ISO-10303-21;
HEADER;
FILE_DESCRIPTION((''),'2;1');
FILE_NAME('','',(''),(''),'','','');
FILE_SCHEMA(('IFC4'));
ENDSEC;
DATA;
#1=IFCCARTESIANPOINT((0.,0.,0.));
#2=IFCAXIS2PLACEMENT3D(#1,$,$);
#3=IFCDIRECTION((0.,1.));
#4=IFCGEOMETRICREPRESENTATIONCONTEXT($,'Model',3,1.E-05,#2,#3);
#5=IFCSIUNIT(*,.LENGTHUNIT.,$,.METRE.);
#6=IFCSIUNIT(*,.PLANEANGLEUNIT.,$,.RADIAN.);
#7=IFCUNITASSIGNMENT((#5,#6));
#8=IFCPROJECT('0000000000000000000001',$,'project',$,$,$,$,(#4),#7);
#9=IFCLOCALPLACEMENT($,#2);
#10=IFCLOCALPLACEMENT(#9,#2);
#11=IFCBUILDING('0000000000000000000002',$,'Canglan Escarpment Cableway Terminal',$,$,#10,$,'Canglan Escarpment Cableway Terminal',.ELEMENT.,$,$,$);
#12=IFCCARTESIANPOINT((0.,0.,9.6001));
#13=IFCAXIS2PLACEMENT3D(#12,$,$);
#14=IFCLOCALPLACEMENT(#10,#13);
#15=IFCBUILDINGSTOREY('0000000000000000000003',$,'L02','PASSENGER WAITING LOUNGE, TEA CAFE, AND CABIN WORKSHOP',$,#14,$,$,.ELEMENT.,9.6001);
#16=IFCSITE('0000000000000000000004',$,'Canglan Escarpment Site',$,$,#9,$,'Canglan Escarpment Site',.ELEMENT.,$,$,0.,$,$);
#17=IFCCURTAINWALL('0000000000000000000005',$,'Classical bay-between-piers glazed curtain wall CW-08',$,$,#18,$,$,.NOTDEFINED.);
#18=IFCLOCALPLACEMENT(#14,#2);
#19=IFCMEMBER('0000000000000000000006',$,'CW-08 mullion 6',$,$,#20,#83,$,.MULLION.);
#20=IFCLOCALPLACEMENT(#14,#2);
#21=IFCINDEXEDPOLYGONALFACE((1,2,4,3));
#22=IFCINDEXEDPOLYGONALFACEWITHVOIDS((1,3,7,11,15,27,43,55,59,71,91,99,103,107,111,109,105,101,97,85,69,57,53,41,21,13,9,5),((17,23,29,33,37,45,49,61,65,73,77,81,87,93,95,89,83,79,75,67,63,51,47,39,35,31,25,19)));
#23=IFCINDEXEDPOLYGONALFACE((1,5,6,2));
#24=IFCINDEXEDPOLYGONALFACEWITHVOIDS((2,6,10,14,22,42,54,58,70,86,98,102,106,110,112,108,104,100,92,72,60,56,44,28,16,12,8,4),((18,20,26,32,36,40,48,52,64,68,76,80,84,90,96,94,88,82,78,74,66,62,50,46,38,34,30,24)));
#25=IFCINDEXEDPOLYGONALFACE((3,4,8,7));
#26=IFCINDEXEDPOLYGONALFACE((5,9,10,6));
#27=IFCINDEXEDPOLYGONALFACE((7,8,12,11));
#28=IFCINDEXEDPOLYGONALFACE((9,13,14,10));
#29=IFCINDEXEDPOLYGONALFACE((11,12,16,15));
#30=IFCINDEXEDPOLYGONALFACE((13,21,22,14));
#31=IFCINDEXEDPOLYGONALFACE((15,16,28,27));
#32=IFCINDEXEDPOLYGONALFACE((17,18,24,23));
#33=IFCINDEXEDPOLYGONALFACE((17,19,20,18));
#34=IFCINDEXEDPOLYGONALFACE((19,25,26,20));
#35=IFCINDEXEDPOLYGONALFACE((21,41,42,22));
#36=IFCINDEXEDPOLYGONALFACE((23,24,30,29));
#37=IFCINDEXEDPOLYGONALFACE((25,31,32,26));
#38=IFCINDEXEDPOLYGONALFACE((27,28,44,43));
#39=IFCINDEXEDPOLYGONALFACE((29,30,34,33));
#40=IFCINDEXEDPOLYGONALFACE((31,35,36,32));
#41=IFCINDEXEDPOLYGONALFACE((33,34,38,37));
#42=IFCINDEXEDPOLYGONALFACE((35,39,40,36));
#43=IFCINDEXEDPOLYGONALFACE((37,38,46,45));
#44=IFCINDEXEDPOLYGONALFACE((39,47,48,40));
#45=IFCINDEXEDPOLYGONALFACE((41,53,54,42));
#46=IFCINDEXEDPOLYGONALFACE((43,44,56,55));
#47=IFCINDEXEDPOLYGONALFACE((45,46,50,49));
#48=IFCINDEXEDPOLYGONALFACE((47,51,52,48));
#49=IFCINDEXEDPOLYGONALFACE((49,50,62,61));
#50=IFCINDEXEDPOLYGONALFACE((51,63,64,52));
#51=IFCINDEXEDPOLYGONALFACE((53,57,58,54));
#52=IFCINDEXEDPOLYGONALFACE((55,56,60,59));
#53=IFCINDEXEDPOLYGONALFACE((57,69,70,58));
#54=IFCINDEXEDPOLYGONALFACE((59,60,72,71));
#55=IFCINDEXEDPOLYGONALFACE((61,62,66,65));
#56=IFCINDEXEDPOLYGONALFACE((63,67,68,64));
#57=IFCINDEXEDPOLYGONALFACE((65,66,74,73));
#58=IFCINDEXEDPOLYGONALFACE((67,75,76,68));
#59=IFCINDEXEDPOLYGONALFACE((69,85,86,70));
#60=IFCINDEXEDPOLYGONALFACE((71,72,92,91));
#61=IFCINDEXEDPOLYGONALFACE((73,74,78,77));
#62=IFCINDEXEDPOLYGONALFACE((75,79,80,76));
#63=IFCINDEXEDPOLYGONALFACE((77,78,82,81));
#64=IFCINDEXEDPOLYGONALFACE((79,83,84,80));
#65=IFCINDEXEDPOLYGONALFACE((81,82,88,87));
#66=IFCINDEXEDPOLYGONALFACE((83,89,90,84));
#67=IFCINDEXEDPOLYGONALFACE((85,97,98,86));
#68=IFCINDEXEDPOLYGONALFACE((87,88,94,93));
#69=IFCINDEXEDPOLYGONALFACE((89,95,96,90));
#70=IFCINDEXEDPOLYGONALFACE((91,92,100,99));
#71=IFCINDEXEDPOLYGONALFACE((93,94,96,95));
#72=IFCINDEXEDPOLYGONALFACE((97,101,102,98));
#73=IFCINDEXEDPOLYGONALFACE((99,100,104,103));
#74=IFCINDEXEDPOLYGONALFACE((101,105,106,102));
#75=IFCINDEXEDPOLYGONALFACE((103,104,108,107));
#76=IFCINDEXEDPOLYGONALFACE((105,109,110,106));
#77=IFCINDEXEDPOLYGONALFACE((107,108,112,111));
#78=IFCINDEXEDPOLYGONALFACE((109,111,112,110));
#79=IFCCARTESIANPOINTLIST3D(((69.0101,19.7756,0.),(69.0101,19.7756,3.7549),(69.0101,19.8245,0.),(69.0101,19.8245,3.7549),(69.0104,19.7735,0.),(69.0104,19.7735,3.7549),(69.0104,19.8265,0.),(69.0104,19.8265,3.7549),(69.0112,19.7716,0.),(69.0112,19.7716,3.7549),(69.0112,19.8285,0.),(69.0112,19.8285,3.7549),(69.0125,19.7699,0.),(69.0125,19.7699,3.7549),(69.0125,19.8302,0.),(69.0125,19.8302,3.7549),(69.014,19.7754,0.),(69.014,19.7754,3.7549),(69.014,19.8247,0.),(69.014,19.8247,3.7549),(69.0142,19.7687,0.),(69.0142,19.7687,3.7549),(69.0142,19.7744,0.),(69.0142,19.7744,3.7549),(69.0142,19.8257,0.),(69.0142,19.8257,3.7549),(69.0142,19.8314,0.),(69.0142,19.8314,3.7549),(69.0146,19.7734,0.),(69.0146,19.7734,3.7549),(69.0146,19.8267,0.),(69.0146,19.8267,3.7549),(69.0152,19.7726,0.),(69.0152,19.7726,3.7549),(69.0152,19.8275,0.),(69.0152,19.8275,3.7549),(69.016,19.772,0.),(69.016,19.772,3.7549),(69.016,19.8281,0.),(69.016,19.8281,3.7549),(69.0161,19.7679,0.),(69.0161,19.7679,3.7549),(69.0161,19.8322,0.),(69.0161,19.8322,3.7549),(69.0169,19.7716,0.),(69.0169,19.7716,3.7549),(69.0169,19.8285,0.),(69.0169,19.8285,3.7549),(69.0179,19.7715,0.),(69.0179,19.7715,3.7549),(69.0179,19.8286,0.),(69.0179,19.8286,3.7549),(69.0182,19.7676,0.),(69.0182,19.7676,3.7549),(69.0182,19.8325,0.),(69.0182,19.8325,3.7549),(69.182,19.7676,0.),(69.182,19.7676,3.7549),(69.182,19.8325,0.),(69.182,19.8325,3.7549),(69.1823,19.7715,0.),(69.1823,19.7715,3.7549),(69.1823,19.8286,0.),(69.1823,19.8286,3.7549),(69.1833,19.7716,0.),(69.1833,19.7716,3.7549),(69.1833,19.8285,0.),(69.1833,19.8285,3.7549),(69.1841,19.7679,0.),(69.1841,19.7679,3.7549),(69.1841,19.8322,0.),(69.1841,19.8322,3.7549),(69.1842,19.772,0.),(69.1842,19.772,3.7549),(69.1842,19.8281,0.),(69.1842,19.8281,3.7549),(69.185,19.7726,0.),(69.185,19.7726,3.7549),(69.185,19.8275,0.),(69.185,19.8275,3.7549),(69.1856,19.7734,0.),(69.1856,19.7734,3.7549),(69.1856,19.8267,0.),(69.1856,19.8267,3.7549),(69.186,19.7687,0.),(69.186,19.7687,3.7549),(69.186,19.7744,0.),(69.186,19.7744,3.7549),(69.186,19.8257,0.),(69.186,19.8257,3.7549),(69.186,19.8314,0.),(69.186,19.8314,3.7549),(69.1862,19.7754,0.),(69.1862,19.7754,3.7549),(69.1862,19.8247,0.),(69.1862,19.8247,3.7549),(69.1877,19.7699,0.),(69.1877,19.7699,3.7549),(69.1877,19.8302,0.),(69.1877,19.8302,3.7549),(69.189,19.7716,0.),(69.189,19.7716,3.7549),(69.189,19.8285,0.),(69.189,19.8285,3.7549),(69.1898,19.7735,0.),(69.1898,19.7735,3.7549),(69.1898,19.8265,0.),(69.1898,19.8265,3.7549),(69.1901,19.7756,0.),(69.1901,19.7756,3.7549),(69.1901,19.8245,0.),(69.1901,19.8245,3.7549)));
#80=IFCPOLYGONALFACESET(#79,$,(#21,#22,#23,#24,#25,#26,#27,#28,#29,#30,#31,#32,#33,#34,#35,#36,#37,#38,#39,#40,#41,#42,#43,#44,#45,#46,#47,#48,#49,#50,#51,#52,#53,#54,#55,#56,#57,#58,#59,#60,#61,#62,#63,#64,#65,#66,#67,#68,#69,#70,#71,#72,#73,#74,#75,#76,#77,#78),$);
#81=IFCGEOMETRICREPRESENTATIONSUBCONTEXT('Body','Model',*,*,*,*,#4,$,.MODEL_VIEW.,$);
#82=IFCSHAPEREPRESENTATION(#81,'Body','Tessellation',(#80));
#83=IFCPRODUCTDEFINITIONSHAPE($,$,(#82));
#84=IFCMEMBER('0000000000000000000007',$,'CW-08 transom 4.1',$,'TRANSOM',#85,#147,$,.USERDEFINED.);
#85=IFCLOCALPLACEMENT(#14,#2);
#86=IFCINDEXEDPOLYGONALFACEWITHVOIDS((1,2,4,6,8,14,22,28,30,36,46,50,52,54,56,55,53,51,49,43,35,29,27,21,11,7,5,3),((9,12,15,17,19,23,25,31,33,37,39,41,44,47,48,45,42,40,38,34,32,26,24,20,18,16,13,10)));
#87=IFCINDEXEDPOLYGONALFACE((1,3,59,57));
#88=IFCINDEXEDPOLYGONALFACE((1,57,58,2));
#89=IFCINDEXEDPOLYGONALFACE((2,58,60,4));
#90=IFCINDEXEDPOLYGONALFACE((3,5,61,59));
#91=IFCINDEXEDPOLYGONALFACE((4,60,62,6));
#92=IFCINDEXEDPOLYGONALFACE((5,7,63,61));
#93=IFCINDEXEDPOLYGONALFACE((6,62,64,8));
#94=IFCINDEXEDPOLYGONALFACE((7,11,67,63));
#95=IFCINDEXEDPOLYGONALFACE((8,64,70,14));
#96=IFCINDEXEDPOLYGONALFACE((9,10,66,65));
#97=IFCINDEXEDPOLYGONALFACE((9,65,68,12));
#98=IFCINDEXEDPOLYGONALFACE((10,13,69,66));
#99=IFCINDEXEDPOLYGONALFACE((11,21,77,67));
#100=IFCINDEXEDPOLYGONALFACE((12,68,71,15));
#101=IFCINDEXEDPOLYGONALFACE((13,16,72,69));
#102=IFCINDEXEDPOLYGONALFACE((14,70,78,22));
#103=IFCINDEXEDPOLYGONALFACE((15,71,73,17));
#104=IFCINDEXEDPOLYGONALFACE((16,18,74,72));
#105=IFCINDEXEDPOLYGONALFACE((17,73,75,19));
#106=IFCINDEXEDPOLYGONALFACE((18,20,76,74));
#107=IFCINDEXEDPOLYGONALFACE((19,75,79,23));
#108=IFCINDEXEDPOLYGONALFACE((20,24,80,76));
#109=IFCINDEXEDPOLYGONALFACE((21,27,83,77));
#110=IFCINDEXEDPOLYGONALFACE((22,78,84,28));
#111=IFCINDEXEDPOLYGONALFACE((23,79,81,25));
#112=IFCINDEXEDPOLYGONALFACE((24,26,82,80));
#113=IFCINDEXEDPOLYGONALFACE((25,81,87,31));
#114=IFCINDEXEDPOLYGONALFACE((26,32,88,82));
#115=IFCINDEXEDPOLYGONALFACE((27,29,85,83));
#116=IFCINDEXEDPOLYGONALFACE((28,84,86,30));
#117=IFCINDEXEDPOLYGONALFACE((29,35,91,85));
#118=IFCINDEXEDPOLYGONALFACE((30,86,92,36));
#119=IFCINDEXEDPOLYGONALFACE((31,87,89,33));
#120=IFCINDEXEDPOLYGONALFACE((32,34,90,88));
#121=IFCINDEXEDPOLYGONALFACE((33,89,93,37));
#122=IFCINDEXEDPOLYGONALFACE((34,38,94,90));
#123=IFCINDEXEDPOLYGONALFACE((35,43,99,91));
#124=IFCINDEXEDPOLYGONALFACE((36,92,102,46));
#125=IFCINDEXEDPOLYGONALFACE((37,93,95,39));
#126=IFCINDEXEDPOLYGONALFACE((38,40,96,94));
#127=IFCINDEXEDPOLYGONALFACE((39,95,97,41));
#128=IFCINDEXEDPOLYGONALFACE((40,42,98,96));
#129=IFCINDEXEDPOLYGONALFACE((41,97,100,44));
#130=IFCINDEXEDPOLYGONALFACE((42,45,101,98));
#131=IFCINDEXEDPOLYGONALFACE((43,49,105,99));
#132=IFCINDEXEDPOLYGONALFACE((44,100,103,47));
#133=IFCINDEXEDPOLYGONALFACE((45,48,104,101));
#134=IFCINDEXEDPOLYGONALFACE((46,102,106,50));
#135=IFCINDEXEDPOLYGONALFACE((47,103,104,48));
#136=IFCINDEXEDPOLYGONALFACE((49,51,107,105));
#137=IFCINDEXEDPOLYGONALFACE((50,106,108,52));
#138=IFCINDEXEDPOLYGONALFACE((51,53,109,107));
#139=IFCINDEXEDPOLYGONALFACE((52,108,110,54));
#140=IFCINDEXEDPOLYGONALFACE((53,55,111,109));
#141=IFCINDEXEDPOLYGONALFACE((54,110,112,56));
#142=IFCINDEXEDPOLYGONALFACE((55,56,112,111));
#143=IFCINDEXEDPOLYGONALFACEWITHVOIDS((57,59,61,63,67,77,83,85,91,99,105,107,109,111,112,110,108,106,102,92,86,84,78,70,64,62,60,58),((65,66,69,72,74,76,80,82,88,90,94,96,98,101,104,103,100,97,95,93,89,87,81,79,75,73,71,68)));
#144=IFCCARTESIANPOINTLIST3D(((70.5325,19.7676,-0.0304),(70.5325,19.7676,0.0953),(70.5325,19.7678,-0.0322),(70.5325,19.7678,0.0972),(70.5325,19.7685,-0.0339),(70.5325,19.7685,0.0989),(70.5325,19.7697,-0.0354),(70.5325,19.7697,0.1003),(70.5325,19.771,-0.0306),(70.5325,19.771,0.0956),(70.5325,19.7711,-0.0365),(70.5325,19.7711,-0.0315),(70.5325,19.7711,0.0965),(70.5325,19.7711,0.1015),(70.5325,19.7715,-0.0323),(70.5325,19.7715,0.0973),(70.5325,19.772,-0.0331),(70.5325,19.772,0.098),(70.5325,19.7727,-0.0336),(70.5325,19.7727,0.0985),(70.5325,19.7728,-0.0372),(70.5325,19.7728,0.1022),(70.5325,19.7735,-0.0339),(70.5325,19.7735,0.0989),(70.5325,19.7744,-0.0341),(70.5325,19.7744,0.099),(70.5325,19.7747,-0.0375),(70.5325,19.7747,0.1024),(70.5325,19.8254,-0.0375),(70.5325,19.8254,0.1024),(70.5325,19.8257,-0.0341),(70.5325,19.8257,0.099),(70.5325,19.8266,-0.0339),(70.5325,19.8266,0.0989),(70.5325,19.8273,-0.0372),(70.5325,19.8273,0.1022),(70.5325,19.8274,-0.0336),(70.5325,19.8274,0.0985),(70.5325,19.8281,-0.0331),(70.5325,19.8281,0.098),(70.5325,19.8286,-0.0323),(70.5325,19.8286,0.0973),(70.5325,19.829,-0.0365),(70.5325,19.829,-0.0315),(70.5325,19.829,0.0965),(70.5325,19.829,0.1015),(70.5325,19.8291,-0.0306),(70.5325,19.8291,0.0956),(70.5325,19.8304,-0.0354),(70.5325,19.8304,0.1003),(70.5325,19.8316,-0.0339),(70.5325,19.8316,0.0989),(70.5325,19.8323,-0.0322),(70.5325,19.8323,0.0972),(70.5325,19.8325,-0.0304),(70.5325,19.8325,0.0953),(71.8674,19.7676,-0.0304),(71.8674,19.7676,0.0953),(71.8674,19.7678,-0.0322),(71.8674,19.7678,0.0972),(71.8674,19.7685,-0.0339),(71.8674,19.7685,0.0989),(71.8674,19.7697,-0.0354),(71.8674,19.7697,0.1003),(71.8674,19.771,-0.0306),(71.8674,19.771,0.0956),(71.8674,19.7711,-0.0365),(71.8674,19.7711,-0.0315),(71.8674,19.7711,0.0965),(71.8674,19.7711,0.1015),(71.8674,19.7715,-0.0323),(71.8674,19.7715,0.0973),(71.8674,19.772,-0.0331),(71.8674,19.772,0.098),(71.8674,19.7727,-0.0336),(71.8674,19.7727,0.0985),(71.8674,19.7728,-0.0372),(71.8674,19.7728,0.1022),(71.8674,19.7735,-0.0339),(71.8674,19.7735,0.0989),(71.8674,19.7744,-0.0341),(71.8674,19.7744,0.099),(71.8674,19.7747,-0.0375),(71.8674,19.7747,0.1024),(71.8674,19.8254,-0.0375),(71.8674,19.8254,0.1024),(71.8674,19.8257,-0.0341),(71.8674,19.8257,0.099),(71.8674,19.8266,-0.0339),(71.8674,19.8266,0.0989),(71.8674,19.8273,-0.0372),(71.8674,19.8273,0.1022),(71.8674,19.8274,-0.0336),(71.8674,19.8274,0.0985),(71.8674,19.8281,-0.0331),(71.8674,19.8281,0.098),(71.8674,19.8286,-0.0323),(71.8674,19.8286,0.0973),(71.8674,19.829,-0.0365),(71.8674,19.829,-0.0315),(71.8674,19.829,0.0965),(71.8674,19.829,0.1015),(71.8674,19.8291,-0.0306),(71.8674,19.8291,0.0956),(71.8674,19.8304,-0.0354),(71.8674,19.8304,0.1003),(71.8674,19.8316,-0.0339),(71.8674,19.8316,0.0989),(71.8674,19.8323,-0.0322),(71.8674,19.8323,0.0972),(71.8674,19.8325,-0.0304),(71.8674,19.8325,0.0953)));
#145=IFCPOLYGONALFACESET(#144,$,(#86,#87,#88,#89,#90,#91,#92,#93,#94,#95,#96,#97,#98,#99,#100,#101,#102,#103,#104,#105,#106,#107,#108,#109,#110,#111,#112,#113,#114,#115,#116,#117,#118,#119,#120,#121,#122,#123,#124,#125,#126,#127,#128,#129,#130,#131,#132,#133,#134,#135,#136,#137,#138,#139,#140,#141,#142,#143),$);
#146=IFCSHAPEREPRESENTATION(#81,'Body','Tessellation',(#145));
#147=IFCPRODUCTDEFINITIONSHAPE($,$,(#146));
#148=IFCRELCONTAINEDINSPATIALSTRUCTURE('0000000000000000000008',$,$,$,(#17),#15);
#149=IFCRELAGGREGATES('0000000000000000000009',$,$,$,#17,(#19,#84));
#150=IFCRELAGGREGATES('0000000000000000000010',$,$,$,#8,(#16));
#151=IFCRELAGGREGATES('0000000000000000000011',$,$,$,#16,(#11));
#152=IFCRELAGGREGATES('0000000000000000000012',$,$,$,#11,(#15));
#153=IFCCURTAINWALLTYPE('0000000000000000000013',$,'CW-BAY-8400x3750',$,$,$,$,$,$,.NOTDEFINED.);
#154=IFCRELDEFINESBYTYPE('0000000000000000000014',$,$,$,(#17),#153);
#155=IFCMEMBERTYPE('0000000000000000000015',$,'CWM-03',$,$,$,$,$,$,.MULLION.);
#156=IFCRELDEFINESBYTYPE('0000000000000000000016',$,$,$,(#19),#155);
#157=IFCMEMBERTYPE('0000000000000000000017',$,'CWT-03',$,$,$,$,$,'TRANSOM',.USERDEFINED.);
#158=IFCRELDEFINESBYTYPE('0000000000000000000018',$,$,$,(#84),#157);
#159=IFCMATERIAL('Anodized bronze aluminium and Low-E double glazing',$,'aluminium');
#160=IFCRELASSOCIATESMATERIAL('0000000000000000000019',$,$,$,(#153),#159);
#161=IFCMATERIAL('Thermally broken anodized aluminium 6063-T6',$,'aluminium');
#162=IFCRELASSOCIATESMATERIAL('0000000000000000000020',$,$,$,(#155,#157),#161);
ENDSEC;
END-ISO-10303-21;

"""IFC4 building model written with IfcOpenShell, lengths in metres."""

from ifc_helpers import new_model, si_unit, direction, frame, origin, origin_2d, place, context, subcontext, project, spatial, hollow_rectangle, extrude, material, material_profile, profile_set, type_object, element, aggregate, save


model = new_model("IFC4")

# Units and contexts
model_context = context("Model", 3, precision=1e-05, world=origin(), true_north=direction((0.0, 1.0)))
body_context = subcontext(model_context, "Body", "Model", "MODEL_VIEW")
ifc_project = project(units=[si_unit("LENGTHUNIT", "METRE"), si_unit("PLANEANGLEUNIT", "RADIAN")], contexts=[model_context])

# Site, building, storey
site_placement = place(None, origin())
site = spatial("IfcSite", under=ifc_project, at=site_placement, Name="Canglan Escarpment Site", LongName="Canglan Escarpment Site", CompositionType="ELEMENT", RefElevation=0.0)
building_placement = place(site_placement, origin())
building = spatial("IfcBuilding", under=site, at=building_placement, Name="Canglan Escarpment Cableway Terminal", LongName="Canglan Escarpment Cableway Terminal", CompositionType="ELEMENT")
storey_placement = place(building_placement, frame((0.0, 0.0, 9.6001)))
storey = spatial("IfcBuildingStorey", under=building, at=storey_placement, Name="L02", Description="PASSENGER WAITING LOUNGE, TEA CAFE, AND CABIN WORKSHOP", CompositionType="ELEMENT", Elevation=9.6001)

# Curtain wall, members
ifc_material_1 = material(Name="Anodized bronze aluminium and Low-E double glazing", Category="aluminium")
curtain_wall_type = type_object("IfcCurtainWallType", Name="CW-BAY-8400x3750", PredefinedType="NOTDEFINED", material=ifc_material_1)
curtain_wall_placement = place(storey_placement, origin())
curtain_wall = element("IfcCurtainWall", 1, at=curtain_wall_placement, inside=storey, type_object=curtain_wall_type, Name="Classical bay-between-piers glazed curtain wall CW-08", PredefinedType="NOTDEFINED")
ifc_material_2 = material(Name="Thermally broken anodized aluminium 6063-T6", Category="aluminium")
ifc_material_profile_1 = material_profile(ifc_material_2, hollow_rectangle(XDim=0.0649, YDim=0.1799, WallThickness=0.0039, InnerFilletRadius=0.0039, OuterFilletRadius=0.0081, at=origin_2d()), Name="ALU-MULL 65x180x4")
ifc_profile_set_1 = profile_set([ifc_material_profile_1], Name="Thermally broken anodized aluminium 6063-T6")
member_type_1 = type_object("IfcMemberType", Name="CWM-03", PredefinedType="MULLION", material=ifc_profile_set_1)
member_1_placement = place(storey_placement, frame((69.1001, 19.8, 0.0), z_axis=(0.0, 0.0, 1.0), x_axis=(0.0, -1.0, 0.0)))
member_1 = element("IfcMember", 2, at=member_1_placement, type_object=member_type_1, Name="CW-08 mullion 6", PredefinedType="MULLION", context=body_context, shape_type="SweptSolid", body=[
    extrude(hollow_rectangle(XDim=0.0649, YDim=0.1799, WallThickness=0.0039, InnerFilletRadius=0.0039, OuterFilletRadius=0.0081, at=origin_2d()), origin(), (0.0, 0.0, 1.0), 3.7549),
])
ifc_material_profile_2 = material_profile(ifc_material_2, hollow_rectangle(XDim=0.0649, YDim=0.1399, WallThickness=0.0034, InnerFilletRadius=0.0034, OuterFilletRadius=0.0071, at=origin_2d()), Name="ALU-TRAN 65x140x3.5")
ifc_profile_set_2 = profile_set([ifc_material_profile_2], Name="Thermally broken anodized aluminium 6063-T6")
member_type_2 = type_object("IfcMemberType", Name="CWT-03", ElementType="TRANSOM", PredefinedType="USERDEFINED", material=ifc_profile_set_2)
member_2_placement = place(storey_placement, frame((71.8674, 19.8, 0.0325), z_axis=(-1.0, 0.0, 0.0), x_axis=(0.0, -1.0, 0.0)))
member_2 = element("IfcMember", 3, at=member_2_placement, type_object=member_type_2, Name="CW-08 transom 4.1", ObjectType="TRANSOM", PredefinedType="USERDEFINED", context=body_context, shape_type="SweptSolid", body=[
    extrude(hollow_rectangle(XDim=0.0649, YDim=0.1399, WallThickness=0.0034, InnerFilletRadius=0.0034, OuterFilletRadius=0.0071, at=origin_2d()), origin(), (0.0, 0.0, 1.0), 1.335),
])
aggregate(curtain_wall, [member_1, member_2])

save(model, "model.ifc")
